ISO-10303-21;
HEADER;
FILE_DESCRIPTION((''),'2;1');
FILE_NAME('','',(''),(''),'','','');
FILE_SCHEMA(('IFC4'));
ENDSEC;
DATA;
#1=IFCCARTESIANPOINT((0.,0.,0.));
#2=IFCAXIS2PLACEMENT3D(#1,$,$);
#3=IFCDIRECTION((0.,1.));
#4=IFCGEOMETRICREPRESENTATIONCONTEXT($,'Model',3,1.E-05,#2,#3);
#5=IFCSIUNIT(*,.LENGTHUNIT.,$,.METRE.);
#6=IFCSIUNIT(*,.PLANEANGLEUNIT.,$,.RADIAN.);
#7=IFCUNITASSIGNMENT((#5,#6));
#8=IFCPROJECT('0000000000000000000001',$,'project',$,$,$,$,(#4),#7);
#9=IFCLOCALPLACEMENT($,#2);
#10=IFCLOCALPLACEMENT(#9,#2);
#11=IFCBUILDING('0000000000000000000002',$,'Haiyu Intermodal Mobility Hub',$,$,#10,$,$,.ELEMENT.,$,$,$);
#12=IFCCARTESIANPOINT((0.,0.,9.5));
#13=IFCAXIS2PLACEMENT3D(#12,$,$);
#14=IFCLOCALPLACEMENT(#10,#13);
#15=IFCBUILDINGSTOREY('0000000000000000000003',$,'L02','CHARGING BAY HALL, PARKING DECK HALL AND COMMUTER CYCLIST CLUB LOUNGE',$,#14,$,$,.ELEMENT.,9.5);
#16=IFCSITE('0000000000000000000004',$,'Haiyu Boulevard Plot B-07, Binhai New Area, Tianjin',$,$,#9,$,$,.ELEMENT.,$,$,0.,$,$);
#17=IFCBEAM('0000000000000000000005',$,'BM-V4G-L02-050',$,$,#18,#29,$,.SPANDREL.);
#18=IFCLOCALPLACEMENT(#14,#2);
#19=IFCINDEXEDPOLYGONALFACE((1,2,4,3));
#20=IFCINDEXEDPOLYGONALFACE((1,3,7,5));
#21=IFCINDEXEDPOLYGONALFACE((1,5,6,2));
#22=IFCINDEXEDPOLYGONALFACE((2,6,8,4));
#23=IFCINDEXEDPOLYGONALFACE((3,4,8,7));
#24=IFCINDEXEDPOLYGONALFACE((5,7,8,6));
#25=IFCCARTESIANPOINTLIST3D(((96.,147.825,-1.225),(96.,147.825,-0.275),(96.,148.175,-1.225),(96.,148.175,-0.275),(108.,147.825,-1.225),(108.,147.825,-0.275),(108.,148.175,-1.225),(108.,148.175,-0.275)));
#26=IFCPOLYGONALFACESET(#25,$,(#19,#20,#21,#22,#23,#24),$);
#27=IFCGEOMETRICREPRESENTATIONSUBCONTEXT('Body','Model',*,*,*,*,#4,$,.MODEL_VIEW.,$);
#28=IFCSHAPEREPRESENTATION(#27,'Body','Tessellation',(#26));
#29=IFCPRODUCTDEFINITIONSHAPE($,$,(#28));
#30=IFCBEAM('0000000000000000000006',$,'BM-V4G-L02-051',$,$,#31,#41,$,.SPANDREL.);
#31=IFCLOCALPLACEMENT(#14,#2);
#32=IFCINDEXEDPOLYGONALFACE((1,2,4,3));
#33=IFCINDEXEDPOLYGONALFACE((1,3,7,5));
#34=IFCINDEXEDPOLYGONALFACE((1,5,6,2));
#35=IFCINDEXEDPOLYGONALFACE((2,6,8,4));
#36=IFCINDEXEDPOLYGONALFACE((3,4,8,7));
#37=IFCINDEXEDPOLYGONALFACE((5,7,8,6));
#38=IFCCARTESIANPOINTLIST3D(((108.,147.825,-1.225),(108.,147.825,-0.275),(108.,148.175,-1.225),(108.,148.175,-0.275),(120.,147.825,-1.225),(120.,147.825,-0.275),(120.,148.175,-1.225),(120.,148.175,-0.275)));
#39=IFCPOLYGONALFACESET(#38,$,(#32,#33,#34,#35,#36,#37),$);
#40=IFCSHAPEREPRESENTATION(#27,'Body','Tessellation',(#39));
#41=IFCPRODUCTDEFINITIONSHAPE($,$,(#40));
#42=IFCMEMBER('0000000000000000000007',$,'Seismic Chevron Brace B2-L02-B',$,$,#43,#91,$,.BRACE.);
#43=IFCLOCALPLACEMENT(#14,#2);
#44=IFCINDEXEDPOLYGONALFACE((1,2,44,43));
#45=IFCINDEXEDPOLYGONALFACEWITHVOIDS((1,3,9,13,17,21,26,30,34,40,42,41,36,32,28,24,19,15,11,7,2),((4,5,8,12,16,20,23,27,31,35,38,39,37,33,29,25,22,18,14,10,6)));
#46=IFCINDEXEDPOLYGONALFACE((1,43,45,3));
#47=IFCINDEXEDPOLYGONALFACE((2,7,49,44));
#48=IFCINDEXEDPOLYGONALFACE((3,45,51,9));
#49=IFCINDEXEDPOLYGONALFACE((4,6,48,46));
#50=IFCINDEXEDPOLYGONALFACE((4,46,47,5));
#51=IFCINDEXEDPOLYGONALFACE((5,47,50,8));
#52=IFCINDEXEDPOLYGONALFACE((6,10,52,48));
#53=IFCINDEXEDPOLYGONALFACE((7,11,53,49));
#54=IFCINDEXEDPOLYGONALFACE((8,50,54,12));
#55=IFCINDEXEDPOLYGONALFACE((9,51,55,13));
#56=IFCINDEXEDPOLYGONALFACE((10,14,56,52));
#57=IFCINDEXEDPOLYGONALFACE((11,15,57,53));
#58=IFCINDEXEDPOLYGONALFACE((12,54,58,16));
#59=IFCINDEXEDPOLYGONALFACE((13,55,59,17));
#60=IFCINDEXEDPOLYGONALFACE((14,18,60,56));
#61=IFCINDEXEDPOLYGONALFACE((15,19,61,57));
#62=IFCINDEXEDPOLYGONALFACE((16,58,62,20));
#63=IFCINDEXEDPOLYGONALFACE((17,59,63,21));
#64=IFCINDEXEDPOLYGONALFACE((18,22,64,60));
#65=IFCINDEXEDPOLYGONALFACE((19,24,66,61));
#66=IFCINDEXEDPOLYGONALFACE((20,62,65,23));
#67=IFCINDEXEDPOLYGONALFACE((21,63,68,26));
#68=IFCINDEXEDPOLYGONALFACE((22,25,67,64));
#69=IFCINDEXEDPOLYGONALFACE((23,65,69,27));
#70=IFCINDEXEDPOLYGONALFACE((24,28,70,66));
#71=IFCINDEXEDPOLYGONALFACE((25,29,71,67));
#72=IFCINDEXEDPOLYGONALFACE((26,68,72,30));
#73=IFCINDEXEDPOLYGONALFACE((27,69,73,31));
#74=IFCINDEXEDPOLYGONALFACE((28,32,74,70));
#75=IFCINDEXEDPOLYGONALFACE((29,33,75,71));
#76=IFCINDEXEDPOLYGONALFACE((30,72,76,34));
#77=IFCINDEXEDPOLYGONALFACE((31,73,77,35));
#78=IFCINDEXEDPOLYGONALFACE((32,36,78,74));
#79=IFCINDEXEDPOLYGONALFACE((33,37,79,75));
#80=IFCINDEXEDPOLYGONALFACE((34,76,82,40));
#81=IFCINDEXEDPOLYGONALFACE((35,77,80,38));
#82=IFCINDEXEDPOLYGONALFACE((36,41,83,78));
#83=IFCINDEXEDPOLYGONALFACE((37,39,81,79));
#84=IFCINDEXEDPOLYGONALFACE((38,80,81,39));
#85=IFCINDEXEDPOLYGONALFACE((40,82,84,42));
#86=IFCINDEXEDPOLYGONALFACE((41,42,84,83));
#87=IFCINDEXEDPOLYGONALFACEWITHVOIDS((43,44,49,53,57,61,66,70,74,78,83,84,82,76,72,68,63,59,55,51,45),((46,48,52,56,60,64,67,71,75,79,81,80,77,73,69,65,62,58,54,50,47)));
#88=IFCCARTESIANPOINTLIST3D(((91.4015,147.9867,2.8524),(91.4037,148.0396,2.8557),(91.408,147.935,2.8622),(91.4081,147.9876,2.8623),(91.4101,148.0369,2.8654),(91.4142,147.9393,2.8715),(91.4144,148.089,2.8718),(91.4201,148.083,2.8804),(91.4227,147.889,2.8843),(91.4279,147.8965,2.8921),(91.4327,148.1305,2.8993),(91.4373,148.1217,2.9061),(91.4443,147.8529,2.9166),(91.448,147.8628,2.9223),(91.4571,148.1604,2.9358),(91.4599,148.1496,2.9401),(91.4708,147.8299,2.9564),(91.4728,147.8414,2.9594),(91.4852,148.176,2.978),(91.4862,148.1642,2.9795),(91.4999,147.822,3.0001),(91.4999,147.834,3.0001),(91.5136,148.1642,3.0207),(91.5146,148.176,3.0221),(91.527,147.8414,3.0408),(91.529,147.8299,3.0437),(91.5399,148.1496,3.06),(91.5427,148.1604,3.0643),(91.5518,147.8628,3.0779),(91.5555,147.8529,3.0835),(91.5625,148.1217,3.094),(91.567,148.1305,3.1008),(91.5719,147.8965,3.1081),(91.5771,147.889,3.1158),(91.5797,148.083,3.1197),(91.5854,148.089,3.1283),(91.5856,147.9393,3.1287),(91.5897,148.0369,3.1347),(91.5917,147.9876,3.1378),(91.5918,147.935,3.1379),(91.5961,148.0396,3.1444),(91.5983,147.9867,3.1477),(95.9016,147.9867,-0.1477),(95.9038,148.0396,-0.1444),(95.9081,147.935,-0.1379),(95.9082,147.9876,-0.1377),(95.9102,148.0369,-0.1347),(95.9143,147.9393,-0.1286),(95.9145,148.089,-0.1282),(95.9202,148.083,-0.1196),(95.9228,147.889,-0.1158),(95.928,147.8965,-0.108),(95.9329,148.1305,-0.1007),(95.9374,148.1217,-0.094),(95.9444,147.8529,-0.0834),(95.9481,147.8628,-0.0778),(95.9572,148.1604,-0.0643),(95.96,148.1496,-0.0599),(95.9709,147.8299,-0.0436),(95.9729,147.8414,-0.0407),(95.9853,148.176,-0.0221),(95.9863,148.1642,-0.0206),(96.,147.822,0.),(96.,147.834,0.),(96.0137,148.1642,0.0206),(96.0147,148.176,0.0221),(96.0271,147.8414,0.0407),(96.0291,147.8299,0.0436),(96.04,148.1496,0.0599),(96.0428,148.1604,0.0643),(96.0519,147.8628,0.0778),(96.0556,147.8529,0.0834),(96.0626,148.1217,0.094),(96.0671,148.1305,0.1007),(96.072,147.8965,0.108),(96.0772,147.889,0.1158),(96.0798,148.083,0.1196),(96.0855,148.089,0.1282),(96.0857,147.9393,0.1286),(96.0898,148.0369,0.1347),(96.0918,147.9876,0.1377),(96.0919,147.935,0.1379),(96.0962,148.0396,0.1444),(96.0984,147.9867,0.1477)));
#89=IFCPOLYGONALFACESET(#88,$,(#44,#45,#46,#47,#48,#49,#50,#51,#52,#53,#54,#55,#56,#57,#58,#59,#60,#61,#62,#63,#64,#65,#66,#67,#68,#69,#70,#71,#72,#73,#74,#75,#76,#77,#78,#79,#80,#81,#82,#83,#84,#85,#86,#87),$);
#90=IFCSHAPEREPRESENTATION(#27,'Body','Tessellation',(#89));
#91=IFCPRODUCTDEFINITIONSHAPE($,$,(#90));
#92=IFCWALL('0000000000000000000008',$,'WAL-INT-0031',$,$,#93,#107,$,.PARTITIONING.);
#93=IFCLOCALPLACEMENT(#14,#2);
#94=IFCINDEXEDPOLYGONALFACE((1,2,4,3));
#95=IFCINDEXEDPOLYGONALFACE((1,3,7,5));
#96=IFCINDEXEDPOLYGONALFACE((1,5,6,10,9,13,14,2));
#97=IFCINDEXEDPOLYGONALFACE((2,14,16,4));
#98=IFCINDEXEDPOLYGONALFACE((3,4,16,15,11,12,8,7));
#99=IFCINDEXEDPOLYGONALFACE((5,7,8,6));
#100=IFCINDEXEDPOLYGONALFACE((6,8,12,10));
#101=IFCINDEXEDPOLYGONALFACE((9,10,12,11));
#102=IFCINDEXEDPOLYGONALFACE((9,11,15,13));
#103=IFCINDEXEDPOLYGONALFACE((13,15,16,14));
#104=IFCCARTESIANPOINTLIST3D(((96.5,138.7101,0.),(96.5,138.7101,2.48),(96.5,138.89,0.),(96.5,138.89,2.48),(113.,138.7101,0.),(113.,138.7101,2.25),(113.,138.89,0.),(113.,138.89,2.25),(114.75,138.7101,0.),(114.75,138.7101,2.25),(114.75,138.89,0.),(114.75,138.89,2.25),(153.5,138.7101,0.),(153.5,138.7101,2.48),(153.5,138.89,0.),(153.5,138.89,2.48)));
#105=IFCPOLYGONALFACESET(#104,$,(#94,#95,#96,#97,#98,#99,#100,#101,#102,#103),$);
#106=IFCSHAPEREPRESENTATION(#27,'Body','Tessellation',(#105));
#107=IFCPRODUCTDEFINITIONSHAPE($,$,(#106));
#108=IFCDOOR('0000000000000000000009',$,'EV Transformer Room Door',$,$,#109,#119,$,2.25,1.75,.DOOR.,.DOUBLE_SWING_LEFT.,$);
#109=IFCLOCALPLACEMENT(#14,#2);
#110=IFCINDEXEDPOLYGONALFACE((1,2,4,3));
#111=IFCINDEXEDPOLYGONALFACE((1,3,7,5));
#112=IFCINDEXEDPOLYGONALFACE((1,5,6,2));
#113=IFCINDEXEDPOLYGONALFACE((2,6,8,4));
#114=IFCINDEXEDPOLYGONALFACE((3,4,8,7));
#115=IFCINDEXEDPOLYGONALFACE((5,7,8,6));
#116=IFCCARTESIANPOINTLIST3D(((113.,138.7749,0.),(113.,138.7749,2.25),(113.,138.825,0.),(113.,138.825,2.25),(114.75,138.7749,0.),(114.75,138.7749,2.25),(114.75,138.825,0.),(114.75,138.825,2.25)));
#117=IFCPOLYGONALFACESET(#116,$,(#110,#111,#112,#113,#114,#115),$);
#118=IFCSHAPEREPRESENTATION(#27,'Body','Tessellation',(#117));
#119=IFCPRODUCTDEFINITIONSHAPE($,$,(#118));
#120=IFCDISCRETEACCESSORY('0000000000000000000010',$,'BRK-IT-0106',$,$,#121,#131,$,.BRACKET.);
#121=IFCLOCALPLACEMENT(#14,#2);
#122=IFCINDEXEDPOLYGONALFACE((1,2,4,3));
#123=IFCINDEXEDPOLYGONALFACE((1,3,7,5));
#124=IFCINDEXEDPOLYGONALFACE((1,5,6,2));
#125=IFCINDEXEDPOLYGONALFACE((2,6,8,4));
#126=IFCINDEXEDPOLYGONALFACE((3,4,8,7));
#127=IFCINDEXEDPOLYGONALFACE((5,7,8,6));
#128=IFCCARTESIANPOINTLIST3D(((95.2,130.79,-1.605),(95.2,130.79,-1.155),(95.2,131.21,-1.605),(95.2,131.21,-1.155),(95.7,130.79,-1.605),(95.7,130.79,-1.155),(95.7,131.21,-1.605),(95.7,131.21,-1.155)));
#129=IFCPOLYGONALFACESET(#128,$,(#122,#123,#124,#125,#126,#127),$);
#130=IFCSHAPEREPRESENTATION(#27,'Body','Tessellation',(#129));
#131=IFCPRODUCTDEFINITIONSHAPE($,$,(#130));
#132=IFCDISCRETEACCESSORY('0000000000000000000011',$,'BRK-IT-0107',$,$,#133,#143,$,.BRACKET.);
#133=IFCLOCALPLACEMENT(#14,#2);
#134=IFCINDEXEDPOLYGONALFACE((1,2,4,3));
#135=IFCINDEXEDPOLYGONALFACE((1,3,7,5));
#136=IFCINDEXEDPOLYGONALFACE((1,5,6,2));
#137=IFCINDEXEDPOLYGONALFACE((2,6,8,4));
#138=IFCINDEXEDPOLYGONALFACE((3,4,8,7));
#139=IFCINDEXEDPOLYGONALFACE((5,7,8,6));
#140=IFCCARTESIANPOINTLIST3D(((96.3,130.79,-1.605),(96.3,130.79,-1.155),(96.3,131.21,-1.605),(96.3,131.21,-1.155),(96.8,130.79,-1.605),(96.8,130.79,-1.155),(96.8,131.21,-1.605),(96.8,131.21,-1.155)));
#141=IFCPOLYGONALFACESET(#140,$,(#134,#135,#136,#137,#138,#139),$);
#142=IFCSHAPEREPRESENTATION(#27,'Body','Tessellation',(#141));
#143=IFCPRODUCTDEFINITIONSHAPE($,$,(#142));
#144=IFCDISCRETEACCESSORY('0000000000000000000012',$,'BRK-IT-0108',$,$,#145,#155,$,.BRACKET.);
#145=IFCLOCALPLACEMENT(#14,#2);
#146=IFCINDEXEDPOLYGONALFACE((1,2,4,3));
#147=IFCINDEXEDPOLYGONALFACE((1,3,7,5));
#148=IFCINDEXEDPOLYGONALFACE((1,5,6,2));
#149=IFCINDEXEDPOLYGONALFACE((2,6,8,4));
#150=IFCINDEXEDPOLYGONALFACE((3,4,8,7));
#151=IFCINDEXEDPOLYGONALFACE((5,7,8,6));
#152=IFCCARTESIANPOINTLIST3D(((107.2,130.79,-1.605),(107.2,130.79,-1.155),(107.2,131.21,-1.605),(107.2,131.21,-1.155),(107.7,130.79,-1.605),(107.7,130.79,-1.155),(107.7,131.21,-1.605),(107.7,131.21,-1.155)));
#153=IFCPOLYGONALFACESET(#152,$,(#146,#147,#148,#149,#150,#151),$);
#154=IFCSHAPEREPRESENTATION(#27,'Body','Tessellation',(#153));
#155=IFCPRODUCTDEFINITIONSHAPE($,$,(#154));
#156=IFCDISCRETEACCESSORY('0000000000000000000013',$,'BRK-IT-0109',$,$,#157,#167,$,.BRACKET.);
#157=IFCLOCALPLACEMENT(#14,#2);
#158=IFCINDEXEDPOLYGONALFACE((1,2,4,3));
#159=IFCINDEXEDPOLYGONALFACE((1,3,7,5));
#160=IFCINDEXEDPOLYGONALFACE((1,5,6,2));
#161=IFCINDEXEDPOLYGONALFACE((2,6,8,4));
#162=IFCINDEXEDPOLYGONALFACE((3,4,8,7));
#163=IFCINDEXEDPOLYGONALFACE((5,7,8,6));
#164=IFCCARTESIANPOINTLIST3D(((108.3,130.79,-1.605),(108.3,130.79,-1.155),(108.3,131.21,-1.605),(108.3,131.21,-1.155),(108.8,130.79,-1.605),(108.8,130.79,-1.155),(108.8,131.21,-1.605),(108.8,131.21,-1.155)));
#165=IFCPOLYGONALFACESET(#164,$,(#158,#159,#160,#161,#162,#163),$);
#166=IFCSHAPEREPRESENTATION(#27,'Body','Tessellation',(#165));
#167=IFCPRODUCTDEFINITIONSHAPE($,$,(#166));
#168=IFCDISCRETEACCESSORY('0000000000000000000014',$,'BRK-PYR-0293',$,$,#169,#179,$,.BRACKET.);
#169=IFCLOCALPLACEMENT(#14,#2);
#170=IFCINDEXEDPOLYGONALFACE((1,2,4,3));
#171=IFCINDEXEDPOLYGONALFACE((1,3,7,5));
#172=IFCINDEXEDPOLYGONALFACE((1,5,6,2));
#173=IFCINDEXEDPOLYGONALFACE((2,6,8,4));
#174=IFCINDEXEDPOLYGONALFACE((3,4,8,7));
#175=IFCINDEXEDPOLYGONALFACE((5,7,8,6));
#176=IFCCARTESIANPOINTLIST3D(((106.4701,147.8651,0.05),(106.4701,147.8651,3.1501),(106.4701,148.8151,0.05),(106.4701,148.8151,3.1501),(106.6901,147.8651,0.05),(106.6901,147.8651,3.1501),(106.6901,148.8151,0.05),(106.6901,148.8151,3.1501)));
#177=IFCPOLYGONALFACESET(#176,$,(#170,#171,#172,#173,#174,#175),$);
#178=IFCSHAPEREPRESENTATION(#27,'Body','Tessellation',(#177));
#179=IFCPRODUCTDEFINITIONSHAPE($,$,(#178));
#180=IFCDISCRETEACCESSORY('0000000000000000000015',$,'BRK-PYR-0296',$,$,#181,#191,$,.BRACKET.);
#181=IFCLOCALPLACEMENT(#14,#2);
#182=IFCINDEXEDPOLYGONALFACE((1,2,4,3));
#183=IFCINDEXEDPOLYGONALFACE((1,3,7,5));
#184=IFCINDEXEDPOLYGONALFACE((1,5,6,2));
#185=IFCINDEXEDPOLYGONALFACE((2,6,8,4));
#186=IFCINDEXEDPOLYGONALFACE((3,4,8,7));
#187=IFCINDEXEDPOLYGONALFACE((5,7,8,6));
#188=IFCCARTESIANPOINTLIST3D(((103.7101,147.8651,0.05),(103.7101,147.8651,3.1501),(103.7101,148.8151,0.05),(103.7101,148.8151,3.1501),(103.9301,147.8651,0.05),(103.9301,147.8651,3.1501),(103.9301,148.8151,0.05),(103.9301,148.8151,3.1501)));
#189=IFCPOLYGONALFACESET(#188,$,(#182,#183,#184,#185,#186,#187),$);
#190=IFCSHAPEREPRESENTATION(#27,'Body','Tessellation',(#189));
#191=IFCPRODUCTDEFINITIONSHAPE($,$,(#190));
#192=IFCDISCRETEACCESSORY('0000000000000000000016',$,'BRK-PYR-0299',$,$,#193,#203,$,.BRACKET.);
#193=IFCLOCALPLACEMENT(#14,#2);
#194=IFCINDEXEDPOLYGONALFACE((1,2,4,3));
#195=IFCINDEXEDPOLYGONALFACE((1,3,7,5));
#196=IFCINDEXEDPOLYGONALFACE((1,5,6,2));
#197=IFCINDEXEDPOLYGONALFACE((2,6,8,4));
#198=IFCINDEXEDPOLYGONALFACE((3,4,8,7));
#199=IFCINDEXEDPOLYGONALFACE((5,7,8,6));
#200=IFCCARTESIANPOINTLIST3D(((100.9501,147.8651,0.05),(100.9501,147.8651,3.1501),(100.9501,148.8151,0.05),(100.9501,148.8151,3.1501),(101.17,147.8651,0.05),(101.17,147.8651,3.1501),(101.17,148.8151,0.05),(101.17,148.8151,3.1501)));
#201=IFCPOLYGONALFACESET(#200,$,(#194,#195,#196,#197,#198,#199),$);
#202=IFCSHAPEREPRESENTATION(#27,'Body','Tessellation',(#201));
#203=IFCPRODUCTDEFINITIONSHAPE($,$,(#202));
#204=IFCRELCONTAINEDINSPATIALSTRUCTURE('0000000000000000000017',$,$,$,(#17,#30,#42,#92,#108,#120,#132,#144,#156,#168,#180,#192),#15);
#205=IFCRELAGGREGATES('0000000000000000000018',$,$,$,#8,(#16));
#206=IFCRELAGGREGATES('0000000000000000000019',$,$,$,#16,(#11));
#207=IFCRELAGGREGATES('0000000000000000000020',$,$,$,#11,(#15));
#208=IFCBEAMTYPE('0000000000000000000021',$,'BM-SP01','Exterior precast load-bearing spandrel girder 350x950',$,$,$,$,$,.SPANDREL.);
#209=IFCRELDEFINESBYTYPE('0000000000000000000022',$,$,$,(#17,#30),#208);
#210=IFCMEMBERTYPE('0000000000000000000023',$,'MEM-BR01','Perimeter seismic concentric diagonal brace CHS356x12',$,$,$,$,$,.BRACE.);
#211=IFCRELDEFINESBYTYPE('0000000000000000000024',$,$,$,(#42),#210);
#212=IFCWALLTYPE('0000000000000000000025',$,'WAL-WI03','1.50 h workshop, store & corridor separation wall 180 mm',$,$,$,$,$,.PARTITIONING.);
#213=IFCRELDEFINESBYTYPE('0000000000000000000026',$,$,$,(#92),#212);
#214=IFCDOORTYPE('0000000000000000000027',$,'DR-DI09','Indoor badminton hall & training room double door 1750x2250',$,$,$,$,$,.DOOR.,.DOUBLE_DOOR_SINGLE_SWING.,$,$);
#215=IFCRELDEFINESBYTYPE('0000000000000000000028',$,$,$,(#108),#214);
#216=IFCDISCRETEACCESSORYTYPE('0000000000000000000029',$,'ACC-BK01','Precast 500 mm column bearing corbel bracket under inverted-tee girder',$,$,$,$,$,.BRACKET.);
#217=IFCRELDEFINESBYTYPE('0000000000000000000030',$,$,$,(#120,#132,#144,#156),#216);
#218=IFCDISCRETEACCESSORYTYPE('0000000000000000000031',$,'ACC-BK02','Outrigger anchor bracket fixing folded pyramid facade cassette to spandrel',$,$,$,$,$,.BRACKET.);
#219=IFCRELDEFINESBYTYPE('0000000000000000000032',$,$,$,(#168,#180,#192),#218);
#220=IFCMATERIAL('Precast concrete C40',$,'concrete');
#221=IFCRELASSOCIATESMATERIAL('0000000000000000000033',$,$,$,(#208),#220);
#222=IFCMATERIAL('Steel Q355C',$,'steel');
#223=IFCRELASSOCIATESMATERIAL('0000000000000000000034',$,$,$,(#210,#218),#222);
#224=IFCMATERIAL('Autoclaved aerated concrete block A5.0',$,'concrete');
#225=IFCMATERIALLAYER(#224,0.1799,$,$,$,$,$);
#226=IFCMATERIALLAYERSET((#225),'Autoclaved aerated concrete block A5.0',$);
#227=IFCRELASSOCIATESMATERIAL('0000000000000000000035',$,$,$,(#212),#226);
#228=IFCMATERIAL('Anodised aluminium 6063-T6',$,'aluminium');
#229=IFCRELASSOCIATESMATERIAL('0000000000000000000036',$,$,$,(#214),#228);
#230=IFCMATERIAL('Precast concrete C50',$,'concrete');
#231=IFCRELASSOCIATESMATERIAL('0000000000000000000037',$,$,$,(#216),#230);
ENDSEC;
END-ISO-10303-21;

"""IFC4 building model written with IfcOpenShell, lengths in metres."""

from ifc_helpers import new_model, si_unit, direction, frame, frame_2d, origin, origin_2d, place, context, subcontext, project, spatial, rectangle, hollow_circle, extrude, material, layer, layer_set, material_profile, profile_set, type_object, element, fill, save


model = new_model("IFC4")

# Units and contexts
model_context = context("Model", 3, precision=1e-05, world=origin(), true_north=direction((0.0, 1.0)))
body_context = subcontext(model_context, "Body", "Model", "MODEL_VIEW")
ifc_project = project(units=[si_unit("LENGTHUNIT", "METRE"), si_unit("PLANEANGLEUNIT", "RADIAN")], contexts=[model_context])

# Site, building, storey
site_placement = place(None, origin())
site = spatial("IfcSite", under=ifc_project, at=site_placement, Name="Haiyu Boulevard Plot B-07, Binhai New Area, Tianjin", CompositionType="ELEMENT", RefElevation=0.0)
building_placement = place(site_placement, origin())
building = spatial("IfcBuilding", under=site, at=building_placement, Name="Haiyu Intermodal Mobility Hub", CompositionType="ELEMENT")
storey_placement = place(building_placement, frame((0.0, 0.0, 9.5)))
storey = spatial("IfcBuildingStorey", under=building, at=storey_placement, Name="L02", Description="CHARGING BAY HALL, PARKING DECK HALL AND COMMUTER CYCLIST CLUB LOUNGE", CompositionType="ELEMENT", Elevation=9.5)

# Shared definitions
ifc_material_1 = material(Name="Precast concrete C40", Category="concrete")

# Beams
ifc_material_2 = material(Name="Precast concrete C50", Category="concrete")
ifc_material_profile_1 = material_profile(ifc_material_1, rectangle(XDim=0.3501, YDim=0.95, at=origin_2d()), Name="PC350x950")
ifc_profile_set_1 = profile_set([ifc_material_profile_1], Name="Precast concrete C40")
beam_type_1 = type_object("IfcBeamType", Name="BM-SP01", Description="Exterior precast load-bearing spandrel girder 350x950", PredefinedType="SPANDREL", material=ifc_profile_set_1)
for number, where, z_axis, x_axis, name in (
    (1, (96.0, 148.0, -0.75), (1.0, 0.0, 0.0), (0.0, 1.0, 0.0), "BM-V4G-L02-050"),
    (2, (108.0, 148.0, -0.75), (1.0, 0.0, 0.0), (0.0, 1.0, 0.0), "BM-V4G-L02-051"),
):
    element("IfcBeam", number, at=place(storey_placement, frame(where, z_axis=z_axis, x_axis=x_axis)), inside=storey, type_object=beam_type_1, Name=name, PredefinedType="SPANDREL", context=body_context, shape_type="SweptSolid", body=[
        extrude(rectangle(XDim=0.3501, YDim=0.95, at=origin_2d()), origin(), (0.0, 0.0, 1.0), 12.0),
    ])

# Member
ifc_material_3 = material(Name="Steel Q355C", Category="steel")
ifc_material_profile_2 = material_profile(ifc_material_3, hollow_circle(Radius=0.178, WallThickness=0.012, at=origin_2d()), Name="CHS356x12")
ifc_profile_set_2 = profile_set([ifc_material_profile_2], Name="Steel Q355C")
member_type = type_object("IfcMemberType", Name="MEM-BR01", Description="Perimeter seismic concentric diagonal brace CHS356x12", PredefinedType="BRACE", material=ifc_profile_set_2)
member_placement = place(storey_placement, frame((96.0, 148.0, 0.0), z_axis=(-0.83205, 0.0, 0.5547), x_axis=(0.0, -1.0, 0.0)))
element("IfcMember", 3, at=member_placement, inside=storey, type_object=member_type, Name="Seismic Chevron Brace B2-L02-B", PredefinedType="BRACE", context=body_context, shape_type="SweptSolid", body=[
    extrude(hollow_circle(Radius=0.178, WallThickness=0.012, at=origin_2d()), origin(), (0.0, 0.0, 1.0), 5.4084),
])

# Wall, opening, door
ifc_material_4 = material(Name="Autoclaved aerated concrete block A5.0", Category="concrete")
ifc_layer = layer(ifc_material_4, 0.1799)
ifc_layer_set = layer_set([ifc_layer], Name="Autoclaved aerated concrete block A5.0")
wall_type = type_object("IfcWallType", Name="WAL-WI03", Description="1.50 h workshop, store & corridor separation wall 180 mm", PredefinedType="PARTITIONING", material=ifc_layer_set)
wall_placement = place(storey_placement, frame((96.5, 138.8, 0.0), z_axis=(0.0, 0.0, 1.0), x_axis=(1.0, 0.0, 0.0)))
wall = element("IfcWall", 4, at=wall_placement, inside=storey, type_object=wall_type, Name="WAL-INT-0031", PredefinedType="PARTITIONING", context=body_context, shape_type="SweptSolid", body=[
    extrude(rectangle(XDim=57.0, YDim=0.1799, at=frame_2d((28.5, 0.0))), origin(), (0.0, 0.0, 1.0), 2.48),
])
opening_placement = place(wall_placement, frame((16.5, 0.0, 0.0)))
opening = element("IfcOpeningElement", 5, at=opening_placement, cuts=wall, PredefinedType="OPENING", context=body_context, shape_type="SweptSolid", body=[
    extrude(rectangle(XDim=1.75, YDim=2.25, at=frame_2d((0.875, 1.125))), frame((0.0, 0.1001, 0.0), z_axis=(0.0, -1.0, 0.0), x_axis=(1.0, 0.0, 0.0)), (0.0, 0.0, 1.0), 0.2),
])
ifc_material_5 = material(Name="Anodised aluminium 6063-T6", Category="aluminium")
door_type = type_object("IfcDoorType", Name="DR-DI09", Description="Indoor badminton hall & training room double door 1750x2250", OperationType="DOUBLE_DOOR_SINGLE_SWING", PredefinedType="DOOR", material=ifc_material_5)
door_placement = place(opening_placement, origin())
door = element("IfcDoor", 6, at=door_placement, inside=storey, type_object=door_type, Name="EV Transformer Room Door", OperationType="DOUBLE_SWING_LEFT", OverallHeight=2.25, OverallWidth=1.75, PredefinedType="DOOR", context=body_context, shape_type="SweptSolid", body=[
    extrude(rectangle(XDim=1.75, YDim=2.25, at=frame_2d((0.875, 1.125))), frame((0.0, 0.0249, 0.0), z_axis=(0.0, -1.0, 0.0), x_axis=(1.0, 0.0, 0.0)), (0.0, 0.0, 1.0), 0.05),
])
fill(opening, door)

# Discrete accessories
discrete_accessory_type_1 = type_object("IfcDiscreteAccessoryType", Name="ACC-BK01", Description="Precast 500 mm column bearing corbel bracket under inverted-tee girder", PredefinedType="BRACKET", material=ifc_material_2)
for number, where, z_axis, x_axis, name in (
    (7, (95.45, 131.0, -1.605), (0.0, 0.0, 1.0), (1.0, 0.0, 0.0), "BRK-IT-0106"),
    (8, (96.55, 131.0, -1.605), (0.0, 0.0, 1.0), (1.0, 0.0, 0.0), "BRK-IT-0107"),
    (9, (107.45, 131.0, -1.605), (0.0, 0.0, 1.0), (1.0, 0.0, 0.0), "BRK-IT-0108"),
    (10, (108.55, 131.0, -1.605), (0.0, 0.0, 1.0), (1.0, 0.0, 0.0), "BRK-IT-0109"),
):
    element("IfcDiscreteAccessory", number, at=place(storey_placement, frame(where, z_axis=z_axis, x_axis=x_axis)), inside=storey, type_object=discrete_accessory_type_1, Name=name, PredefinedType="BRACKET", context=body_context, shape_type="SweptSolid", body=[
        extrude(rectangle(XDim=0.5, YDim=0.4199, at=origin_2d()), origin(), (0.0, 0.0, 1.0), 0.45),
    ])
discrete_accessory_type_2 = type_object("IfcDiscreteAccessoryType", Name="ACC-BK02", Description="Outrigger anchor bracket fixing folded pyramid facade cassette to spandrel", PredefinedType="BRACKET", material=ifc_material_3)
for number, where, z_axis, x_axis, name in (
    (11, (106.5801, 148.3401, 0.05), (0.0, 0.0, 1.0), (1.0, 0.0, 0.0), "BRK-PYR-0293"),
    (12, (103.8201, 148.3401, 0.05), (0.0, 0.0, 1.0), (1.0, 0.0, 0.0), "BRK-PYR-0296"),
    (13, (101.0601, 148.3401, 0.05), (0.0, 0.0, 1.0), (1.0, 0.0, 0.0), "BRK-PYR-0299"),
):
    element("IfcDiscreteAccessory", number, at=place(storey_placement, frame(where, z_axis=z_axis, x_axis=x_axis)), inside=storey, type_object=discrete_accessory_type_2, Name=name, PredefinedType="BRACKET", context=body_context, shape_type="SweptSolid", body=[
        extrude(rectangle(XDim=0.22, YDim=0.95, at=origin_2d()), origin(), (0.0, 0.0, 1.0), 3.1001),
    ])

save(model, "model.ifc")
